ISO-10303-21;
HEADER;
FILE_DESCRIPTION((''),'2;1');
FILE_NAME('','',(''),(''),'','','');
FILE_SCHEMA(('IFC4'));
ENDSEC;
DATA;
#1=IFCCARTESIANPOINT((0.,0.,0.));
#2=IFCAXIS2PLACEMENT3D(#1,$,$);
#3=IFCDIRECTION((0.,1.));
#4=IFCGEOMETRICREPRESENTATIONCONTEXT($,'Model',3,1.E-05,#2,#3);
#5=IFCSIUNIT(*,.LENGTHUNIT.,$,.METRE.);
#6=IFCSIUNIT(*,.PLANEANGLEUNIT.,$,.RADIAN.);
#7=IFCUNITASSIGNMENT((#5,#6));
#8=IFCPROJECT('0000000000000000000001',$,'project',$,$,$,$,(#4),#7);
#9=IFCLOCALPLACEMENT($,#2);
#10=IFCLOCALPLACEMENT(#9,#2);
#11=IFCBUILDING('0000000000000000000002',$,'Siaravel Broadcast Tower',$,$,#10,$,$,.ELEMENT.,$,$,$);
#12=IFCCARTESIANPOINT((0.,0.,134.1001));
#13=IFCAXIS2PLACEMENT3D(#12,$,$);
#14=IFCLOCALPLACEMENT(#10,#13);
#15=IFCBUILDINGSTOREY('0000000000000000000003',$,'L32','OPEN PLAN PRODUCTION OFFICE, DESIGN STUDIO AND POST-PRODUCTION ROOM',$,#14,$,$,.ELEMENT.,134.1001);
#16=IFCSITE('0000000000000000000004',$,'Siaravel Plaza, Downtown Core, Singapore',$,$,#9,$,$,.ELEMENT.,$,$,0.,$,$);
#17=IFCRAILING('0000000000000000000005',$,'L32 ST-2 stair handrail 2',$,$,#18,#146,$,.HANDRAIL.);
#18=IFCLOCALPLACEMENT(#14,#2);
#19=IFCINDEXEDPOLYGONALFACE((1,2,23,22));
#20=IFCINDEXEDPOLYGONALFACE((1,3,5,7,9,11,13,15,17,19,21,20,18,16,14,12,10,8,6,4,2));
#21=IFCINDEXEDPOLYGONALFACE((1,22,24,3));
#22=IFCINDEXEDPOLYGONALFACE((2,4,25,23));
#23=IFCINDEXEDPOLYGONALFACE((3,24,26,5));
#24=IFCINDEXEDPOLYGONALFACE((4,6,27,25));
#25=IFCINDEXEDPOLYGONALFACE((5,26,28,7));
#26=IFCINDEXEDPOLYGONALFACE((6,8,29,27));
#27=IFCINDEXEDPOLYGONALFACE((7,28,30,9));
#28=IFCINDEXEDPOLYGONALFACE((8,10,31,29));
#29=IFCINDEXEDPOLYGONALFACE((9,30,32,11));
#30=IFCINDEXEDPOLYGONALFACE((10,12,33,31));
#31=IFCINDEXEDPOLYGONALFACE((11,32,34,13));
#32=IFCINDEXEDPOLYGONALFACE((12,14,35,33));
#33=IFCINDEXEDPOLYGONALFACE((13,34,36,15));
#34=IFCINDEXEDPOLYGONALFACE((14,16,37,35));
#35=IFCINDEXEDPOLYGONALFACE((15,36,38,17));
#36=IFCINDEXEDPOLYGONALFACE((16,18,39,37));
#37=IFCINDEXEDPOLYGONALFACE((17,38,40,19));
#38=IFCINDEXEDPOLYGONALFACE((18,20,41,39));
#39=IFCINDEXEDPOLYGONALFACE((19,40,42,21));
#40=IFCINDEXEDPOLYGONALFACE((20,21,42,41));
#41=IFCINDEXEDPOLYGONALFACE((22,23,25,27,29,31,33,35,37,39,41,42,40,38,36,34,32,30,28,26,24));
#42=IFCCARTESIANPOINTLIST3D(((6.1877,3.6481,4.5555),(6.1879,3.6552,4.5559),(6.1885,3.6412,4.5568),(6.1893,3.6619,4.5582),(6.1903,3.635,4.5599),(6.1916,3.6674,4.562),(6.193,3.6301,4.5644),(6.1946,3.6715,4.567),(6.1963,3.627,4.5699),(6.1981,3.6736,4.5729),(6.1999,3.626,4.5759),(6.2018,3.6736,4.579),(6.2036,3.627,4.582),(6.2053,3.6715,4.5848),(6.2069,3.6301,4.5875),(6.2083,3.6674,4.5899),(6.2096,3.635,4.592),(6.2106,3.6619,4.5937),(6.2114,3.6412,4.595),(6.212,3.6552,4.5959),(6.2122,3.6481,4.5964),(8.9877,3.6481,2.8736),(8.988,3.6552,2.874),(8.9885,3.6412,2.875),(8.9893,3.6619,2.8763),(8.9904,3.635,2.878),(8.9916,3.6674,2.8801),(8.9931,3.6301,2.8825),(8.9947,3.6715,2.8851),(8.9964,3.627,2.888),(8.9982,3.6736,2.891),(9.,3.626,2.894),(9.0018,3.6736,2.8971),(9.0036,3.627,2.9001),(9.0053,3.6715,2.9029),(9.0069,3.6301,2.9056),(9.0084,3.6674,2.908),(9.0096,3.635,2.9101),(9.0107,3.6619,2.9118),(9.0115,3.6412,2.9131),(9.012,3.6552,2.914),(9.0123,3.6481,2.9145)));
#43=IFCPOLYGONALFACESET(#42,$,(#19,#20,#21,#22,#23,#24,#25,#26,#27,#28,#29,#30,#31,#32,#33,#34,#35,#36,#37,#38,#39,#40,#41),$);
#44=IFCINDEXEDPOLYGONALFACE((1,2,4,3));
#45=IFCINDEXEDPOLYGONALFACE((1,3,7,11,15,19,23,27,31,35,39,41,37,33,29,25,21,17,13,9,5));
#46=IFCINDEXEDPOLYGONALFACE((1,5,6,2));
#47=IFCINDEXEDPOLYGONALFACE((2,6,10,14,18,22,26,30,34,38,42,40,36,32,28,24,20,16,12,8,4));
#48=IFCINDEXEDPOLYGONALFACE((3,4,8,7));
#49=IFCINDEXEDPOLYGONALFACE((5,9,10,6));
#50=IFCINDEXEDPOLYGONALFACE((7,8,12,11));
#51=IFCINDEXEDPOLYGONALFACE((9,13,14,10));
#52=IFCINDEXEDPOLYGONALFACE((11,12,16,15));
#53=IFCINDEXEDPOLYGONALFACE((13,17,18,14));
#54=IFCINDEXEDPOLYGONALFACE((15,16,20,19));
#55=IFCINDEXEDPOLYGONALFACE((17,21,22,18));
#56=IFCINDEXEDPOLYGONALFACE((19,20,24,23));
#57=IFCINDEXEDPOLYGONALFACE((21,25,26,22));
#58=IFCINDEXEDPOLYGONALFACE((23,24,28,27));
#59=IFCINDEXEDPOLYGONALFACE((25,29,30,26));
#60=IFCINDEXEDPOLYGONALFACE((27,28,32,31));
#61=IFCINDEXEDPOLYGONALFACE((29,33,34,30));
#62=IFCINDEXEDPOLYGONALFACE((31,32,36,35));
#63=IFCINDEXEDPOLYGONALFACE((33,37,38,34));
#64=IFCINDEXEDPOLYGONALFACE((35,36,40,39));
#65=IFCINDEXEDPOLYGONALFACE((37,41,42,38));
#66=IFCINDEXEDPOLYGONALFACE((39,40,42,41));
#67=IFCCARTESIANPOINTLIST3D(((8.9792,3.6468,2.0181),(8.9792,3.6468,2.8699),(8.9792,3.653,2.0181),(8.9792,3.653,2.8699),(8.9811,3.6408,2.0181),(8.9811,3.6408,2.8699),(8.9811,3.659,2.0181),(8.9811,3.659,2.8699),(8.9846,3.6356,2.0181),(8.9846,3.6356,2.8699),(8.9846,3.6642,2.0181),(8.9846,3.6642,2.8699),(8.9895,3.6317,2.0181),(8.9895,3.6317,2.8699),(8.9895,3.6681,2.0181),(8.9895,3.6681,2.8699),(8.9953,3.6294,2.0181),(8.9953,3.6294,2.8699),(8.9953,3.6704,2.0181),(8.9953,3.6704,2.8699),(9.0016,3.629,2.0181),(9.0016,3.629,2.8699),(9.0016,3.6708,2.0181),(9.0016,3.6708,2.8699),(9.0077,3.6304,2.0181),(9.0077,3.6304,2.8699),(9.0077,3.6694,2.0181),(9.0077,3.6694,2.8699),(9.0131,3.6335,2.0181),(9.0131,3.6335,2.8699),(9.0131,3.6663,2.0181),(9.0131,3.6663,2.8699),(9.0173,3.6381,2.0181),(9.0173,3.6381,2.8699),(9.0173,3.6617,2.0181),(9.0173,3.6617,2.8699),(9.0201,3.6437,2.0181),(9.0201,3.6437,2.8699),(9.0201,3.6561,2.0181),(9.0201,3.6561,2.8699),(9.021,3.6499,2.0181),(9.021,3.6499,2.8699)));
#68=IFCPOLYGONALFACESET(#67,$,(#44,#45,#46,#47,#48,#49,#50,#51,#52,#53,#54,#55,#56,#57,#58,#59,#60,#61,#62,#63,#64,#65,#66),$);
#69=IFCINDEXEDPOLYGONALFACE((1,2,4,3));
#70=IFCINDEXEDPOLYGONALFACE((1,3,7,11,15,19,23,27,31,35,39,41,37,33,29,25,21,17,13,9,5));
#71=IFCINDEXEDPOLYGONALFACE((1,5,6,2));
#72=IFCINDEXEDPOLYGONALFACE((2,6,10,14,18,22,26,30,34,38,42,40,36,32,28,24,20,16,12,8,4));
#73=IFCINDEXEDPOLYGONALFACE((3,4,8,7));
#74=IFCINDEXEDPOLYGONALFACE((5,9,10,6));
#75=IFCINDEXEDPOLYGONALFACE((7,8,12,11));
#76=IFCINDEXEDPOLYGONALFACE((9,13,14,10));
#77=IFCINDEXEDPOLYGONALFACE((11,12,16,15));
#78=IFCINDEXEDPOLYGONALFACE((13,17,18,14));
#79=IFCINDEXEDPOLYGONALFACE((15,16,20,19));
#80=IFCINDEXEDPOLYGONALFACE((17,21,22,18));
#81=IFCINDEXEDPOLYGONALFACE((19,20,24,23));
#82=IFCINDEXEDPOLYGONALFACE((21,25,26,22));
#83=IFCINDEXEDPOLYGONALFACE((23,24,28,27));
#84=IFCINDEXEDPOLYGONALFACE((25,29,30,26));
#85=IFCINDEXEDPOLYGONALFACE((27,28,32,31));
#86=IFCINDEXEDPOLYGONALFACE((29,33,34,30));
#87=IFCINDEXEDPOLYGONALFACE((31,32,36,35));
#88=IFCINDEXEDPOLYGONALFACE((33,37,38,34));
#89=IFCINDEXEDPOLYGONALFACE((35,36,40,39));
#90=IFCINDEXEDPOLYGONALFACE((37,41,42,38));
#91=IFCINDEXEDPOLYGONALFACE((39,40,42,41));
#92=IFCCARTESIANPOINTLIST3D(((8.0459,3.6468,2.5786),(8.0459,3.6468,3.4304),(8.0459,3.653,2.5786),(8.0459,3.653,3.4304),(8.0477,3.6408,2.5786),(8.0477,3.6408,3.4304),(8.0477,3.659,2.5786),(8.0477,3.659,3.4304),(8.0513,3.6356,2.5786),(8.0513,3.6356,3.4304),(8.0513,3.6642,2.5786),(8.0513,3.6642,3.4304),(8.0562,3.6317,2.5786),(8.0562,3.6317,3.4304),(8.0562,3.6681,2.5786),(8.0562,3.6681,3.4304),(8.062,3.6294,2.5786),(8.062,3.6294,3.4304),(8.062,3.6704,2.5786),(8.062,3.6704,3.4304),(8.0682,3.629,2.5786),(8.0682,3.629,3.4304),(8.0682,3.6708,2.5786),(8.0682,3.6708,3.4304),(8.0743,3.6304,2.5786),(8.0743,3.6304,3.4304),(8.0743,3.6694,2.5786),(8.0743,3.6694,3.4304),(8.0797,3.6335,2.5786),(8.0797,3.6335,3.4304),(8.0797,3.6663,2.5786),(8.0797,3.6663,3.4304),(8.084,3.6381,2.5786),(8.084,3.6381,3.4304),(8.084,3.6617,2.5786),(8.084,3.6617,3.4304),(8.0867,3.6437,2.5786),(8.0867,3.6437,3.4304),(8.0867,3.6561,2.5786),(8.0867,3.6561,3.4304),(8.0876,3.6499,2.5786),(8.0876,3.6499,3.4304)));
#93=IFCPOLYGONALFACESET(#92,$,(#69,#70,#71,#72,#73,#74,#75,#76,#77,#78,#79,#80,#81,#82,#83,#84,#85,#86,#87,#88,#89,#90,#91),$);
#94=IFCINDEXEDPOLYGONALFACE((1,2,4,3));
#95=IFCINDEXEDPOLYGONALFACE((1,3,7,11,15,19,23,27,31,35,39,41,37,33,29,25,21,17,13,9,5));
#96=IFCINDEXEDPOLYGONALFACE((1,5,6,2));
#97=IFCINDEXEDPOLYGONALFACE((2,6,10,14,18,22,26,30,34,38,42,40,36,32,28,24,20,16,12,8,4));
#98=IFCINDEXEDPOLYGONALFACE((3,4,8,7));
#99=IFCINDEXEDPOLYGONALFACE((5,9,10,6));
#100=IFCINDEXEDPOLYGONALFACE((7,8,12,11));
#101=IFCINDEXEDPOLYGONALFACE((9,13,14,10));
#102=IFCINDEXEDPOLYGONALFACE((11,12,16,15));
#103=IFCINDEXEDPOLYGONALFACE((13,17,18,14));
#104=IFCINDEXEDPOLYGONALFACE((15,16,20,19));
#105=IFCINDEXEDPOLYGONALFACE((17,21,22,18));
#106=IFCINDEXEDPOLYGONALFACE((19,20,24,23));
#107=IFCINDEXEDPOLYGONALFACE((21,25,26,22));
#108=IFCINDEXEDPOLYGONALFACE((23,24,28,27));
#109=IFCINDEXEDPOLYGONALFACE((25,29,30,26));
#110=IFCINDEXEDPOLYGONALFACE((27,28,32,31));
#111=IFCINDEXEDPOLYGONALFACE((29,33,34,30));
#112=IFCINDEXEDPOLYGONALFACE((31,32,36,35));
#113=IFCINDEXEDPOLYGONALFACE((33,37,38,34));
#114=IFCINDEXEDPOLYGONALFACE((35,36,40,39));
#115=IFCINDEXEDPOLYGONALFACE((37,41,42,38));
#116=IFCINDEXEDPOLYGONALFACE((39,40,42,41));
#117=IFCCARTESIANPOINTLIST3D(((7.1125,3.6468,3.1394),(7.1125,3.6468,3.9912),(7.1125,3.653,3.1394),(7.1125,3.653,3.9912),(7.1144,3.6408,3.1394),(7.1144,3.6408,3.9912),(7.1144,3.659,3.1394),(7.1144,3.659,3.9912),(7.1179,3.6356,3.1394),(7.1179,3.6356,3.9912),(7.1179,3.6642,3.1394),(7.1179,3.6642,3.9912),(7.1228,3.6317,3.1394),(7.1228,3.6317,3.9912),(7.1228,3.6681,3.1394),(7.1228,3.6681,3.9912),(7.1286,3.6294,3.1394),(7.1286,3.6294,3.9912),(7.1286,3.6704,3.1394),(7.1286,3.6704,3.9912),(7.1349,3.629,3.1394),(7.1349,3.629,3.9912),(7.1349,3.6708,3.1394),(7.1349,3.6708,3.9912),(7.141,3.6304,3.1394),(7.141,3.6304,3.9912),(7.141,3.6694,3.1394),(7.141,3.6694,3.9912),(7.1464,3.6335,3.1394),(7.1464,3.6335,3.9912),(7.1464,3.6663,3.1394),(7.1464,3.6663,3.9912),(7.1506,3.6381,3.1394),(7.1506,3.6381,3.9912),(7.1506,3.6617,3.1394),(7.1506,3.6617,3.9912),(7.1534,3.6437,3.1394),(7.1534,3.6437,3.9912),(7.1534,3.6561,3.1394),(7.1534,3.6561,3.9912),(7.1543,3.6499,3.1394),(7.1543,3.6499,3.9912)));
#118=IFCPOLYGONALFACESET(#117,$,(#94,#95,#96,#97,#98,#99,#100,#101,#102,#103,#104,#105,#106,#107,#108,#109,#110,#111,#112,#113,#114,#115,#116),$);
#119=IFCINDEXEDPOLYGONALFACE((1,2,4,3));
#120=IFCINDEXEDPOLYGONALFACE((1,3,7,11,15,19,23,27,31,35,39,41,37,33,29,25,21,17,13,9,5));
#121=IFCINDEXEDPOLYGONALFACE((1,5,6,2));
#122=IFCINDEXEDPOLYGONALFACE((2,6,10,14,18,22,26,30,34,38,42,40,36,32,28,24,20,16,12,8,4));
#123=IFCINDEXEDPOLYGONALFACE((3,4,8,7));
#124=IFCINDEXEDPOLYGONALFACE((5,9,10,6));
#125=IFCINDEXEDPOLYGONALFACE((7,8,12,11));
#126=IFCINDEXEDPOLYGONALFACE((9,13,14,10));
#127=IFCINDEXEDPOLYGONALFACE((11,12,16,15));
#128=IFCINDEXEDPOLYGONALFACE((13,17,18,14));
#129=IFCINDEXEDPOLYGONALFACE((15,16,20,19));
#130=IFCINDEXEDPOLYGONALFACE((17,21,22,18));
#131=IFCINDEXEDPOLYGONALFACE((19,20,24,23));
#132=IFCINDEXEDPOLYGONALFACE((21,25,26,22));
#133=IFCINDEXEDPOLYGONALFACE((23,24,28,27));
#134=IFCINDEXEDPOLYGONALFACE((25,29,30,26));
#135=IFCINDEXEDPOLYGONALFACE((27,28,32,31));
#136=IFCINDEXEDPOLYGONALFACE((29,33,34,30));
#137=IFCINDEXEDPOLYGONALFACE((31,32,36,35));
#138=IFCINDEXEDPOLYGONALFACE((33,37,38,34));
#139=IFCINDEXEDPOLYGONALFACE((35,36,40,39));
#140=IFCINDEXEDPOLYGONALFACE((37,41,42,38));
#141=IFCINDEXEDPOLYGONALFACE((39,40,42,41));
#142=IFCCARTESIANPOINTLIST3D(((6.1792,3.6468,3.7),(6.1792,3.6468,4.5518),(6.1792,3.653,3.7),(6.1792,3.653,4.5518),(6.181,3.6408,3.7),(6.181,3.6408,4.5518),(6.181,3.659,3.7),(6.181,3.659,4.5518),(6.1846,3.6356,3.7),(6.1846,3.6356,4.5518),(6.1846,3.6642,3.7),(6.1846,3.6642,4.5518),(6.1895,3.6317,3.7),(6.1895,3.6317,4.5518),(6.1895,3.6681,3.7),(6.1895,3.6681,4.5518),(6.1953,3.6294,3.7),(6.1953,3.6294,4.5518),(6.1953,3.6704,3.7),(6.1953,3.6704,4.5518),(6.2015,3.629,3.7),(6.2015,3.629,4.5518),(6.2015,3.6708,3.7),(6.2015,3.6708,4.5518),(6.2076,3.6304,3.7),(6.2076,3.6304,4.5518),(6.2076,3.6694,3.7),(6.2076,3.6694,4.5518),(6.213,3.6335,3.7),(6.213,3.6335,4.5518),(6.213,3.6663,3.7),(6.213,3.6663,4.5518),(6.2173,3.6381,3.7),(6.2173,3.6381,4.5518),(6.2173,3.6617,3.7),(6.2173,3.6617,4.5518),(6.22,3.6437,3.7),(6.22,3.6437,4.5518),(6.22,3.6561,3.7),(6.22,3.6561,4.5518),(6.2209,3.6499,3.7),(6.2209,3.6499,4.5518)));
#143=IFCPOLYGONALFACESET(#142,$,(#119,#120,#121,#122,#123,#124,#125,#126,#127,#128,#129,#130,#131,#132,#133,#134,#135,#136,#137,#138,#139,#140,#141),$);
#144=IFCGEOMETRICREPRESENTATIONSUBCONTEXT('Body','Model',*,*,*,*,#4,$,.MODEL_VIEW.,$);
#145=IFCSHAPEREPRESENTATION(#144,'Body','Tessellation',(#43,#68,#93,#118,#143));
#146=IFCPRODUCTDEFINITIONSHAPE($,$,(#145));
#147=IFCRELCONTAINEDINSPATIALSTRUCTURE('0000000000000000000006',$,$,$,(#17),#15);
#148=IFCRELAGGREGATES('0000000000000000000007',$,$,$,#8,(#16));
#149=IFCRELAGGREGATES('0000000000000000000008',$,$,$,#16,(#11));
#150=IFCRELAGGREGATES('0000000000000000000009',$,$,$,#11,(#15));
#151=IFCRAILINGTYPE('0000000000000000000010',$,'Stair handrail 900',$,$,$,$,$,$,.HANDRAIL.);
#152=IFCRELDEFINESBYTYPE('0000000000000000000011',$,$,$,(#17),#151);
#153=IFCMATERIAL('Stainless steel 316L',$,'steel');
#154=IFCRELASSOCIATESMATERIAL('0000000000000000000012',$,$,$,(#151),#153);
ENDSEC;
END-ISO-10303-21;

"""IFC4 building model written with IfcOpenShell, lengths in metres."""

from ifc_helpers import new_model, si_unit, direction, frame, origin, origin_2d, place, context, subcontext, project, spatial, circle, extrude, material, type_object, element, save


model = new_model("IFC4")

# Units and contexts
model_context = context("Model", 3, precision=1e-05, world=origin(), true_north=direction((0.0, 1.0)))
body_context = subcontext(model_context, "Body", "Model", "MODEL_VIEW")
ifc_project = project(units=[si_unit("LENGTHUNIT", "METRE"), si_unit("PLANEANGLEUNIT", "RADIAN")], contexts=[model_context])

# Site, building, storey
site_placement = place(None, origin())
site = spatial("IfcSite", under=ifc_project, at=site_placement, Name="Siaravel Plaza, Downtown Core, Singapore", CompositionType="ELEMENT", RefElevation=0.0)
building_placement = place(site_placement, origin())
building = spatial("IfcBuilding", under=site, at=building_placement, Name="Siaravel Broadcast Tower", CompositionType="ELEMENT")
storey_placement = place(building_placement, frame((0.0, 0.0, 134.1001)))
storey = spatial("IfcBuildingStorey", under=building, at=storey_placement, Name="L32", Description="OPEN PLAN PRODUCTION OFFICE, DESIGN STUDIO AND POST-PRODUCTION ROOM", CompositionType="ELEMENT", Elevation=134.1001)

# Railing
ifc_material_1 = material(Name="Stainless steel 316L", Category="steel")
railing_type_1 = type_object("IfcRailingType", Name="Stair handrail 900", PredefinedType="HANDRAIL", material=ifc_material_1)
railing_1_placement = place(storey_placement, frame((9.0, 3.6499, 2.0181)))
element("IfcRailing", 1, at=railing_1_placement, inside=storey, type_object=railing_type_1, Name="L32 ST-2 stair handrail 2", PredefinedType="HANDRAIL", context=body_context, shape_type="SweptSolid", body=[
    extrude(circle(Radius=0.0239, at=origin_2d()), frame((0.0, 0.0, 0.876), z_axis=(-0.857242, 0.0, 0.514913), x_axis=(0.0, -1.0, 0.0)), (0.0, 0.0, 1.0), 3.2664),
    extrude(circle(Radius=0.021, at=origin_2d()), origin(), (0.0, 0.0, 1.0), 0.8518),
    extrude(circle(Radius=0.021, at=origin_2d()), frame((-0.9333, 0.0, 0.5605)), (0.0, 0.0, 1.0), 0.8518),
    extrude(circle(Radius=0.021, at=origin_2d()), frame((-1.8667, 0.0, 1.1213)), (0.0, 0.0, 1.0), 0.8518),
    extrude(circle(Radius=0.021, at=origin_2d()), frame((-2.8, 0.0, 1.6819)), (0.0, 0.0, 1.0), 0.8518),
])

save(model, "model.ifc")
